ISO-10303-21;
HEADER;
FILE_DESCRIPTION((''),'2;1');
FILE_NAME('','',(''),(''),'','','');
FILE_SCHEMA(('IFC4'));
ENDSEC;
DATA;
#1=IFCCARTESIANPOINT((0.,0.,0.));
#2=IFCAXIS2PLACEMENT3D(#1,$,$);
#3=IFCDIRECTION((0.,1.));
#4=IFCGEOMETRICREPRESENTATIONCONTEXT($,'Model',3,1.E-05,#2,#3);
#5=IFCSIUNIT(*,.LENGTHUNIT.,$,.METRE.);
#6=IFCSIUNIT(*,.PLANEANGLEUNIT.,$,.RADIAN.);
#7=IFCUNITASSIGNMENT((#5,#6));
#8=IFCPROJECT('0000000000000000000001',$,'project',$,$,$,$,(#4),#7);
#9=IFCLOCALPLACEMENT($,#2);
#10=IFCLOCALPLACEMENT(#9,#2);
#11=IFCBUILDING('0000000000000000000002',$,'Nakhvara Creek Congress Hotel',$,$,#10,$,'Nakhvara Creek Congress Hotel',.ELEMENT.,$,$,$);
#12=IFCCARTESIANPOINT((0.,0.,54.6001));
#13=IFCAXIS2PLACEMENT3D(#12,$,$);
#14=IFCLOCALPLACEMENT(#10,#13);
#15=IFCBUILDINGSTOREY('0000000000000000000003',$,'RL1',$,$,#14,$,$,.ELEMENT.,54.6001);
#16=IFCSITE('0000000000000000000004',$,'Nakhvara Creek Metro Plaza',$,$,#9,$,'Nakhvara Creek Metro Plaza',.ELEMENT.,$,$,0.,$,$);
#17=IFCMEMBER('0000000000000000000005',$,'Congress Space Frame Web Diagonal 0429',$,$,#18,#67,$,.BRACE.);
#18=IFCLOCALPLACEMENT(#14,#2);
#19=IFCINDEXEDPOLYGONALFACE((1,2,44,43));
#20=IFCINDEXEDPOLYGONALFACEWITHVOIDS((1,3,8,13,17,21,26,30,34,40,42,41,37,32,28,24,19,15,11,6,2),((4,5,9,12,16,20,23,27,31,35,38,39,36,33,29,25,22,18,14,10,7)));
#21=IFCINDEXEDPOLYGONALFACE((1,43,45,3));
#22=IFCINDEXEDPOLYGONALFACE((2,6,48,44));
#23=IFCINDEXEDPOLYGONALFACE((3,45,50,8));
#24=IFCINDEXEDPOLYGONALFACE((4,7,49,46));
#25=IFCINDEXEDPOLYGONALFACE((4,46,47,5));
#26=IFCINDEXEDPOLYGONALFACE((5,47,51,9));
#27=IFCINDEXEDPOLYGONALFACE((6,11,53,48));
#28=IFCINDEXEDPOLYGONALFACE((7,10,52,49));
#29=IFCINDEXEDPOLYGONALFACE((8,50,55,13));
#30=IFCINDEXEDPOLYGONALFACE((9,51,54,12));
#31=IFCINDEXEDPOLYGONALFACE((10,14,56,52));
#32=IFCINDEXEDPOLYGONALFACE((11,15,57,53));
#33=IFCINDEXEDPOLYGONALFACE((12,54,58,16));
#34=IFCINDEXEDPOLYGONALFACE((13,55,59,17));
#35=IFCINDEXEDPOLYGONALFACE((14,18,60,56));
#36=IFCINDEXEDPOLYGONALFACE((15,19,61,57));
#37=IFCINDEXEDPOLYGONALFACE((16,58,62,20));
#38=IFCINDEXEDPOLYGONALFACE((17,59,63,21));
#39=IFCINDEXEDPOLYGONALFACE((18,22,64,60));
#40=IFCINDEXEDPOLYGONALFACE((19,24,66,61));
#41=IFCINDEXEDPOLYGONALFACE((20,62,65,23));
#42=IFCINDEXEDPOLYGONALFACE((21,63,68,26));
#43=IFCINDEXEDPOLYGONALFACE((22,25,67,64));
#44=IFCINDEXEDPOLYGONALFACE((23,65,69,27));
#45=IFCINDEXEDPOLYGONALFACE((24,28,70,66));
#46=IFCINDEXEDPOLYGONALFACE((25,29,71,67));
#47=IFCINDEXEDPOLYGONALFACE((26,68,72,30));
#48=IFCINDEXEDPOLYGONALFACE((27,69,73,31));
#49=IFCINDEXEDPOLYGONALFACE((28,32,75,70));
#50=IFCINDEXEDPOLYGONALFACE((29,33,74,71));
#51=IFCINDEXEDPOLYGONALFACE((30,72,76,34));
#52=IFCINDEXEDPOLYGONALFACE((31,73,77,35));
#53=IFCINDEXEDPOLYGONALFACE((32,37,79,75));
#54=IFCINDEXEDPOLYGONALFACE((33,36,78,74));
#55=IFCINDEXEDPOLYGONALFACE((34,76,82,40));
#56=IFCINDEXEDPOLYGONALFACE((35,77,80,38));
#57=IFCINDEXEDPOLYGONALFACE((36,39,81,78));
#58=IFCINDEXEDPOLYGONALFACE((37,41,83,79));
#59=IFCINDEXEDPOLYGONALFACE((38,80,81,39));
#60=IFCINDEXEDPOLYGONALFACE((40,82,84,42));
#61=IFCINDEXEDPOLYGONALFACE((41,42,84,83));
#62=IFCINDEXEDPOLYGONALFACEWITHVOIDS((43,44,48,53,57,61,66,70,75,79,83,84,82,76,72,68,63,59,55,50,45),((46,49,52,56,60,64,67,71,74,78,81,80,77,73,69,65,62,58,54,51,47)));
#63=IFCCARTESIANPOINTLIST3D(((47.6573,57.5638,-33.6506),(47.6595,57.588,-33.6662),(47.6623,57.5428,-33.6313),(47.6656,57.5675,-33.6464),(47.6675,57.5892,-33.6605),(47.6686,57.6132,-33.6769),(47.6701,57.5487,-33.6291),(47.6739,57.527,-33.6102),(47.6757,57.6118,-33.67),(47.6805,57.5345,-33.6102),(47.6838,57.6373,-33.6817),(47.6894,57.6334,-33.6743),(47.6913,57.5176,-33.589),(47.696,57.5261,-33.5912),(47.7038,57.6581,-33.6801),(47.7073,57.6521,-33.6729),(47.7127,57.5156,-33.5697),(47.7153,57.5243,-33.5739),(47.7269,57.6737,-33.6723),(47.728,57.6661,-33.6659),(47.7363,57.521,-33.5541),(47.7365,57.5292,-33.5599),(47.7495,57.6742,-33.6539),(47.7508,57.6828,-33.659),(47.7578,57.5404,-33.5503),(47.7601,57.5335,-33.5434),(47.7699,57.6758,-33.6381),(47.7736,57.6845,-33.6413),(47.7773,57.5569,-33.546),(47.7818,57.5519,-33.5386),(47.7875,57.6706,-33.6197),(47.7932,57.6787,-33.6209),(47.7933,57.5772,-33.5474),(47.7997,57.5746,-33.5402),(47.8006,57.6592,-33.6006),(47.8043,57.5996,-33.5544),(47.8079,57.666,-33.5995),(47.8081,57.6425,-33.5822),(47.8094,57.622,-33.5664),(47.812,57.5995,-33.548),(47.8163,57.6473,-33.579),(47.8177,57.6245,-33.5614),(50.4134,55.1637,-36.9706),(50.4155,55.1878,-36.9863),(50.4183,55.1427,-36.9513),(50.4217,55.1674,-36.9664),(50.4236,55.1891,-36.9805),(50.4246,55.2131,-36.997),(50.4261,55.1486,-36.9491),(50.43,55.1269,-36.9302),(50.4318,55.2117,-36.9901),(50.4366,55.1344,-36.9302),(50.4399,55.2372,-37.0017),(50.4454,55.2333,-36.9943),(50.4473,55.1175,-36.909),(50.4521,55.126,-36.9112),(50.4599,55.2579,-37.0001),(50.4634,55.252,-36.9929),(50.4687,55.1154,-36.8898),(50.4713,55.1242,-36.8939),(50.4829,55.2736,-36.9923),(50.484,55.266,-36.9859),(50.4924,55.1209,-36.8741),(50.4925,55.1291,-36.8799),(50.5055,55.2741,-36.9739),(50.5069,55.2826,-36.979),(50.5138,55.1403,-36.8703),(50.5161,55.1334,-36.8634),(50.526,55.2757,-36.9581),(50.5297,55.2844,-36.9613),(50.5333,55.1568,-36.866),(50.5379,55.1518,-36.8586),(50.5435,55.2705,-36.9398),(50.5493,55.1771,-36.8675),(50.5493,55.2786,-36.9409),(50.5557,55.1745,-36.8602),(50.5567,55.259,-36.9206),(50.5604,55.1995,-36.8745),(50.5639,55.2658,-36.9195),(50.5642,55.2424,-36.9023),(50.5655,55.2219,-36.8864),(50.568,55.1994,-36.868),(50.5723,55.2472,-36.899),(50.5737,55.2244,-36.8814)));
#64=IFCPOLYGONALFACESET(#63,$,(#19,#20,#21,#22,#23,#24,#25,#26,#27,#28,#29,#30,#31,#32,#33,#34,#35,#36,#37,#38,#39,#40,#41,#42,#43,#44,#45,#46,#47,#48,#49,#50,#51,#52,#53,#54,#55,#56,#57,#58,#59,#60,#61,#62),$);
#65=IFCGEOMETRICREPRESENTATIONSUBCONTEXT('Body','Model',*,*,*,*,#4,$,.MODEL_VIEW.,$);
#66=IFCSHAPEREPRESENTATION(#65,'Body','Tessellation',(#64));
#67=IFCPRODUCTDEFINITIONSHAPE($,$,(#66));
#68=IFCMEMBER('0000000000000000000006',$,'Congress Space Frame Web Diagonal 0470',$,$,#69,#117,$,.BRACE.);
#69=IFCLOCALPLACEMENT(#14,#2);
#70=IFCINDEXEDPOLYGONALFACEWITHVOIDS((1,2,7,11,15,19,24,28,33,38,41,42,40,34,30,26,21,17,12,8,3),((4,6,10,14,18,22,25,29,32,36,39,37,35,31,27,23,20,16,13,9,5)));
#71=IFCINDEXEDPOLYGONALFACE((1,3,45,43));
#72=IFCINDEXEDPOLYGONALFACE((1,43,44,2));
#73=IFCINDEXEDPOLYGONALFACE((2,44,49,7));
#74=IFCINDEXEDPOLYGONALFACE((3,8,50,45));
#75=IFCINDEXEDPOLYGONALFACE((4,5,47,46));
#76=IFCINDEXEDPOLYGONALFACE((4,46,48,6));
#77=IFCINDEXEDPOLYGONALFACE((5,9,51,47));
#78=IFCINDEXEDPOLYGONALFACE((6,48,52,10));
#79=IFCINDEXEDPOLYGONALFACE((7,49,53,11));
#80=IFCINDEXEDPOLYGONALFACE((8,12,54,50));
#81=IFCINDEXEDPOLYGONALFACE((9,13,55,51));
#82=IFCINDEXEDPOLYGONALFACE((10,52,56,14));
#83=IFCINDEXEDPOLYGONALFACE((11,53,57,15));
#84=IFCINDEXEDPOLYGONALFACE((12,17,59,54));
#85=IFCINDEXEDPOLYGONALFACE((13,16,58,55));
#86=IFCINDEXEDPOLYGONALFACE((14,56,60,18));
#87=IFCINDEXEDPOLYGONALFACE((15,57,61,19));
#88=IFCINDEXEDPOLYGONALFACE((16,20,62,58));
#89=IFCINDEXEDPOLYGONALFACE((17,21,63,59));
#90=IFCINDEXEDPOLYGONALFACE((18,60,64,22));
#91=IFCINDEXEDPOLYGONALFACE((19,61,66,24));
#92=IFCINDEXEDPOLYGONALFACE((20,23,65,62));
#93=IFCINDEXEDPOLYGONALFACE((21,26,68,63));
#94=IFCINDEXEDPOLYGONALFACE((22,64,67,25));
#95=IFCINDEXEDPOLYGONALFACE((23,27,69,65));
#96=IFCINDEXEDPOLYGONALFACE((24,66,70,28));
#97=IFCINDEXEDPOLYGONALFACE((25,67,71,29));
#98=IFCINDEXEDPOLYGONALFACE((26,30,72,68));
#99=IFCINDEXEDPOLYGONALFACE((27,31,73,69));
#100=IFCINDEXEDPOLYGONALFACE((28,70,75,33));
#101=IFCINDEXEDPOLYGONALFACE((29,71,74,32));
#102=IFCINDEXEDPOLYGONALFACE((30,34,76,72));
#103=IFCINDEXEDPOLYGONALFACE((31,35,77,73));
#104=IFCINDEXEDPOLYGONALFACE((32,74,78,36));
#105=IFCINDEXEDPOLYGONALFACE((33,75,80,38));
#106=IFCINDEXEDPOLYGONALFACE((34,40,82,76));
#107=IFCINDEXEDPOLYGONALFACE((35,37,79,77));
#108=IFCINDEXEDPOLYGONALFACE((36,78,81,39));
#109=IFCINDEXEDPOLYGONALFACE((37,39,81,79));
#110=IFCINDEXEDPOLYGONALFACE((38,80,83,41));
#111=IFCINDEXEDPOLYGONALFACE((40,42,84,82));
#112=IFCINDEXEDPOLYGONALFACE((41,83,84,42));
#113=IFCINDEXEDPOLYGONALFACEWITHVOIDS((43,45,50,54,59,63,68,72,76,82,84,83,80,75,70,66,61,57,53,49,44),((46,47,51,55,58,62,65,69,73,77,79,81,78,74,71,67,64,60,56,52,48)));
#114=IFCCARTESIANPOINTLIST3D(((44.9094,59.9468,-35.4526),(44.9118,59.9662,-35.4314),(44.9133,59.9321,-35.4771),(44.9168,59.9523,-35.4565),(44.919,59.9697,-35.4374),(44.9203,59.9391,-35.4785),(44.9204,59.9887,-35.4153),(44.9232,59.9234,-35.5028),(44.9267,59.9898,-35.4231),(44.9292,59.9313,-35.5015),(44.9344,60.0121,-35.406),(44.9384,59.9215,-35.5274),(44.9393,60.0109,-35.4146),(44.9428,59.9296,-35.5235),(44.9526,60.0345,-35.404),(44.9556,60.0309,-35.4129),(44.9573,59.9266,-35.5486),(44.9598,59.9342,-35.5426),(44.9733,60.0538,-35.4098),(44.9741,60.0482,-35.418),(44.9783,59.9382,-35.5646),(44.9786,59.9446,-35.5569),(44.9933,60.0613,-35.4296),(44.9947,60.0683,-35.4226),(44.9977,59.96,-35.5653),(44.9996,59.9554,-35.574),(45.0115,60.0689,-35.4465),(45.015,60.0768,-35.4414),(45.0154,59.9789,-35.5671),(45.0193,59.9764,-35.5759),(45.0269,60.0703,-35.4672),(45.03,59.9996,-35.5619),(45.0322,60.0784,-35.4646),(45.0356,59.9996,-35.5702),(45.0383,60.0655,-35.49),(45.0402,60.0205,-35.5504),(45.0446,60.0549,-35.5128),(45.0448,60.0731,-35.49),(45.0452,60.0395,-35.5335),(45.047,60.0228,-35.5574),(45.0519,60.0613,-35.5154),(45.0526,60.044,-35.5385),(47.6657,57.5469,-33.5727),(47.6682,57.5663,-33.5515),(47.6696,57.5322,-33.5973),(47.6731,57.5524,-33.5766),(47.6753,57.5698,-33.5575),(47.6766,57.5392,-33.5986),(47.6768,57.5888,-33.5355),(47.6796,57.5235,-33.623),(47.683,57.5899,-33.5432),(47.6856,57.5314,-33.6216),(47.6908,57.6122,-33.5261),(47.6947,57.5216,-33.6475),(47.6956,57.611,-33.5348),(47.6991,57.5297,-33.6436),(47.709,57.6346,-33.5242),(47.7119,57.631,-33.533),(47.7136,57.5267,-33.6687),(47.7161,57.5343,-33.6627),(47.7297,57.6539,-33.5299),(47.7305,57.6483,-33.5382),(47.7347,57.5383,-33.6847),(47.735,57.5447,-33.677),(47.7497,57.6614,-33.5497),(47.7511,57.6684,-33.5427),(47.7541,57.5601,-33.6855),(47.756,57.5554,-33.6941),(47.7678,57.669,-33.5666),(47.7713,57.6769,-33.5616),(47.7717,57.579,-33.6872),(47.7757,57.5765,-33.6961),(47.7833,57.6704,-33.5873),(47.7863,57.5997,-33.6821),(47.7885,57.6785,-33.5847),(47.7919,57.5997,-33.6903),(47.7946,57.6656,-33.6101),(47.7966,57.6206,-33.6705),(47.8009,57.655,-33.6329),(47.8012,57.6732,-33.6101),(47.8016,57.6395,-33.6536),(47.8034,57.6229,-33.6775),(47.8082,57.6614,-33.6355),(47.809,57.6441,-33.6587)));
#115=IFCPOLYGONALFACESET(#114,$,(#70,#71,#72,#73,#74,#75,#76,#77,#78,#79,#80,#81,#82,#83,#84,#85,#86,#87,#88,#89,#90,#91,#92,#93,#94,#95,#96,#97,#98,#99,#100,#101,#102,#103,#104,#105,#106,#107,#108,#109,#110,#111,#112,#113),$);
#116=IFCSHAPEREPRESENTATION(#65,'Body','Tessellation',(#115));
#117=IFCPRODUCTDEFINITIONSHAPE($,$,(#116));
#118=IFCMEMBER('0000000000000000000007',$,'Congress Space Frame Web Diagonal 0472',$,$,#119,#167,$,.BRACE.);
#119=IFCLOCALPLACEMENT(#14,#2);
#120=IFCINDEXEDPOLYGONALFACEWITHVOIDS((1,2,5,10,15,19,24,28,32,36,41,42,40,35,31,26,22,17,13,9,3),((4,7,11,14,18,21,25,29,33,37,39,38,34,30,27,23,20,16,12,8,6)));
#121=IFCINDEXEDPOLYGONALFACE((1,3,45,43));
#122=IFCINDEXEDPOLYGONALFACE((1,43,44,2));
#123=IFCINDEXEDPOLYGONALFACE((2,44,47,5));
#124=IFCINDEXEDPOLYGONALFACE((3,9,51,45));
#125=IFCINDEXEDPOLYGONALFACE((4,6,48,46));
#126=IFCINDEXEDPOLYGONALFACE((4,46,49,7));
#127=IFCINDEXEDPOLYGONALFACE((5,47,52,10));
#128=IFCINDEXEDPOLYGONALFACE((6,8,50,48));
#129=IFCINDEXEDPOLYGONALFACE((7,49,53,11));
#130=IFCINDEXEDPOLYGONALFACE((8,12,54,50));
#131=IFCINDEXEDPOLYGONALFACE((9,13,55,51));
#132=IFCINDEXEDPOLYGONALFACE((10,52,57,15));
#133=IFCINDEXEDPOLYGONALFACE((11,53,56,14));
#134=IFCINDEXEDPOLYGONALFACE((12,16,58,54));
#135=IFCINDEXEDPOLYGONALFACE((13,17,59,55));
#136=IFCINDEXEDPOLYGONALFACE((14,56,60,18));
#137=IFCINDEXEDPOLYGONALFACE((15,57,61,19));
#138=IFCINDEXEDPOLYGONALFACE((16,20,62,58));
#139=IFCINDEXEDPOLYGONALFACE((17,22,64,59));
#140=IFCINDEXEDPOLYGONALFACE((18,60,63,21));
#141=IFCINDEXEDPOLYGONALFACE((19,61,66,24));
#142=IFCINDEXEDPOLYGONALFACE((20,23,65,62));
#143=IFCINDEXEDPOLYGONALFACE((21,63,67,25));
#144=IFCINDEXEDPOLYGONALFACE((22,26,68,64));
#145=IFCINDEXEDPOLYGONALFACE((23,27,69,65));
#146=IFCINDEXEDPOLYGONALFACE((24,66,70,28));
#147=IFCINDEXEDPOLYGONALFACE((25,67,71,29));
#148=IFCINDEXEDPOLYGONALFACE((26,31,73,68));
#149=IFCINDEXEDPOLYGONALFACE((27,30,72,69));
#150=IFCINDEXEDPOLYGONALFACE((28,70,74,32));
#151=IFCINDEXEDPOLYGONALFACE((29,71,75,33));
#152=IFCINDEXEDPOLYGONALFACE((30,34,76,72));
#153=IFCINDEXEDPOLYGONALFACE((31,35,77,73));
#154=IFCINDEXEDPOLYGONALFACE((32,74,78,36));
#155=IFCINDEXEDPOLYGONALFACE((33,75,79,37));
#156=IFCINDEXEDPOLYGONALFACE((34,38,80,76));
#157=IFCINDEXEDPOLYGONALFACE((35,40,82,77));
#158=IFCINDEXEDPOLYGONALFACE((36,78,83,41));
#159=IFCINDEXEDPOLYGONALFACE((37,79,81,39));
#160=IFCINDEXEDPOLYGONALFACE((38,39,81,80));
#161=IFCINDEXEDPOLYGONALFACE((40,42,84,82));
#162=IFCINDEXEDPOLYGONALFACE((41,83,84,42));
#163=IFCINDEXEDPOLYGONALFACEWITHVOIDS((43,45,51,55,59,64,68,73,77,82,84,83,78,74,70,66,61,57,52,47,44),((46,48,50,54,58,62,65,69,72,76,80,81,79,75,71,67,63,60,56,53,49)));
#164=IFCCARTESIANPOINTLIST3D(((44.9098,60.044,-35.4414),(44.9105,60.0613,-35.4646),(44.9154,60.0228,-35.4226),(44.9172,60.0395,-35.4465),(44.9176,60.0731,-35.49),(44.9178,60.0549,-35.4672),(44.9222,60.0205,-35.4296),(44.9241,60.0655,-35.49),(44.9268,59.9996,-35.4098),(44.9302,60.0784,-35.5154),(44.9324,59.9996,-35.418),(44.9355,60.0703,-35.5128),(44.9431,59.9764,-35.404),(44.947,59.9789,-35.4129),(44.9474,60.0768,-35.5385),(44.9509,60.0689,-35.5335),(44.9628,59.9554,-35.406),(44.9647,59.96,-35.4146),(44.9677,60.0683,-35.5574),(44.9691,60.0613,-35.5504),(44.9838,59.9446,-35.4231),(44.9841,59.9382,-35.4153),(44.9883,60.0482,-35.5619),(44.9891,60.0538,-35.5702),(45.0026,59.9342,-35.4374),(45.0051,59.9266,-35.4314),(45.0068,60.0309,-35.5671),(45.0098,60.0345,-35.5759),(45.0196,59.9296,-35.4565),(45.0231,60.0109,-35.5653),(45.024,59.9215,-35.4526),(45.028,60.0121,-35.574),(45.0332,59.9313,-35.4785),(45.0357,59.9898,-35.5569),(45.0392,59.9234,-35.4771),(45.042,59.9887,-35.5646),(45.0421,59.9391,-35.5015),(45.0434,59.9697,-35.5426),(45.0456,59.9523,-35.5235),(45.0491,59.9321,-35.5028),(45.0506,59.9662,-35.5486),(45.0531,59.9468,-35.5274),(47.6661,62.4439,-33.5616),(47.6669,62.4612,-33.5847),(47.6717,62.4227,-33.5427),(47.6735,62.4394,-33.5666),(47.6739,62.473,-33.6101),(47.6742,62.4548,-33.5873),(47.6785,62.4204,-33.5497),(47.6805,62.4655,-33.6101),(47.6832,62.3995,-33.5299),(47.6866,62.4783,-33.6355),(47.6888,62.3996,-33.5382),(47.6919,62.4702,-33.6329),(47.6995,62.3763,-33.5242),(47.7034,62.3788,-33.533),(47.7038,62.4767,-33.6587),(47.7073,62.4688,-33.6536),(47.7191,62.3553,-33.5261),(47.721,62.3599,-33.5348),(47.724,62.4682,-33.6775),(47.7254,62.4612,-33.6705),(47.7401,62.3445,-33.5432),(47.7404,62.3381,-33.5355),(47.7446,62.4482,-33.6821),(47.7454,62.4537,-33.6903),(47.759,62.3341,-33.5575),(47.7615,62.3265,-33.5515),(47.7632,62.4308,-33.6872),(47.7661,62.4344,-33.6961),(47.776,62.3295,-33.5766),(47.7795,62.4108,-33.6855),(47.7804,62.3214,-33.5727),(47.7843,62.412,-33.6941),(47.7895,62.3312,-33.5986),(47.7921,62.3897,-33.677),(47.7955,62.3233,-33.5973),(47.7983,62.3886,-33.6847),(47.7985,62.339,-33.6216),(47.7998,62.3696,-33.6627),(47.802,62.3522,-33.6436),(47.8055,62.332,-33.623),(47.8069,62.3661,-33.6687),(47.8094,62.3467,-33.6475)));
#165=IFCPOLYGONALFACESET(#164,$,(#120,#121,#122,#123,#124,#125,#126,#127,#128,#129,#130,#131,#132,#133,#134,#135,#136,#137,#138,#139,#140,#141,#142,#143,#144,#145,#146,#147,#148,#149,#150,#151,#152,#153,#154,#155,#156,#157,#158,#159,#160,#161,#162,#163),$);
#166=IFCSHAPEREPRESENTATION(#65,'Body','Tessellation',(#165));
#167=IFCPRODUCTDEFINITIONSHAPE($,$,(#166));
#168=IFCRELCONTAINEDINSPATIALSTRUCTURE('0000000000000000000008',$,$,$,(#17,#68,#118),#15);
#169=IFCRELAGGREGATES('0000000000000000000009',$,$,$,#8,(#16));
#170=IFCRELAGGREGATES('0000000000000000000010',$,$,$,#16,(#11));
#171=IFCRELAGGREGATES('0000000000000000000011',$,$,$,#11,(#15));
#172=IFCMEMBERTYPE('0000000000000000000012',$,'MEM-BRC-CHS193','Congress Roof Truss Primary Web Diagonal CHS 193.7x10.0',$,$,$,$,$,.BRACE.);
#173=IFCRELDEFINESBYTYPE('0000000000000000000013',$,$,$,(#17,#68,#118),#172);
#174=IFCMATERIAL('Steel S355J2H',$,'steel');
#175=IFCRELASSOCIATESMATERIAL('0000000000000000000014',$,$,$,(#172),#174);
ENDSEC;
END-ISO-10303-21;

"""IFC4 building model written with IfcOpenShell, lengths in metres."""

from ifc_helpers import new_model, si_unit, direction, frame, origin, origin_2d, place, context, subcontext, project, spatial, hollow_circle, extrude, material, material_profile, profile_set, type_object, element, save


model = new_model("IFC4")

# Units and contexts
model_context = context("Model", 3, precision=1e-05, world=origin(), true_north=direction((0.0, 1.0)))
body_context = subcontext(model_context, "Body", "Model", "MODEL_VIEW")
ifc_project = project(units=[si_unit("LENGTHUNIT", "METRE"), si_unit("PLANEANGLEUNIT", "RADIAN")], contexts=[model_context])

# Site, building, storey
site_placement = place(None, origin())
site = spatial("IfcSite", under=ifc_project, at=site_placement, Name="Nakhvara Creek Metro Plaza", LongName="Nakhvara Creek Metro Plaza", CompositionType="ELEMENT", RefElevation=0.0)
building_placement = place(site_placement, origin())
building = spatial("IfcBuilding", under=site, at=building_placement, Name="Nakhvara Creek Congress Hotel", LongName="Nakhvara Creek Congress Hotel", CompositionType="ELEMENT")
storey_placement = place(building_placement, frame((0.0, 0.0, 54.6001)))
storey = spatial("IfcBuildingStorey", under=building, at=storey_placement, Name="RL1", CompositionType="ELEMENT", Elevation=54.6001)

# Members
ifc_material_1 = material(Name="Steel S355J2H", Category="steel")
ifc_material_profile_1 = material_profile(ifc_material_1, hollow_circle(Radius=0.0969, WallThickness=0.01, at=origin_2d()), Name="CHS 193.7x10.0", Category="LoadBearing")
ifc_profile_set_1 = profile_set([ifc_material_profile_1], Name="Steel S355J2H")
member_type_1 = type_object("IfcMemberType", Name="MEM-BRC-CHS193", Description="Congress Roof Truss Primary Web Diagonal CHS 193.7x10.0", PredefinedType="BRACE", material=ifc_profile_set_1)
member_1_placement = place(storey_placement, frame((50.4937, 55.2, -36.9302), z_axis=(-0.55819, 0.486098, 0.672408), x_axis=(-0.656729, -0.754126, 0.0)))
element("IfcMember", 1, at=member_1_placement, inside=storey, type_object=member_type_1, Name="Congress Space Frame Web Diagonal 0429", PredefinedType="BRACE", context=body_context, shape_type="SweptSolid", body=[
    extrude(hollow_circle(Radius=0.0969, WallThickness=0.01, at=origin_2d()), origin(), (0.0, 0.0, 1.0), 4.9375),
])
for number, where, z_axis, x_axis, name in (
    (2, (44.9812, 60.0, -35.49), (0.670667, -0.583938, 0.457408), (0.656658, 0.754188, 0.0), "Congress Space Frame Web Diagonal 0470"),
    (3, (44.9812, 60.0, -35.49), (0.670667, 0.583938, 0.457408), (-0.656658, 0.754188, 0.0), "Congress Space Frame Web Diagonal 0472"),
):
    element("IfcMember", number, at=place(storey_placement, frame(where, z_axis=z_axis, x_axis=x_axis)), inside=storey, type_object=member_type_1, Name=name, PredefinedType="BRACE", context=body_context, shape_type="SweptSolid", body=[
        extrude(hollow_circle(Radius=0.0969, WallThickness=0.01, at=origin_2d()), origin(), (0.0, 0.0, 1.0), 4.1099),
    ])

save(model, "model.ifc")
